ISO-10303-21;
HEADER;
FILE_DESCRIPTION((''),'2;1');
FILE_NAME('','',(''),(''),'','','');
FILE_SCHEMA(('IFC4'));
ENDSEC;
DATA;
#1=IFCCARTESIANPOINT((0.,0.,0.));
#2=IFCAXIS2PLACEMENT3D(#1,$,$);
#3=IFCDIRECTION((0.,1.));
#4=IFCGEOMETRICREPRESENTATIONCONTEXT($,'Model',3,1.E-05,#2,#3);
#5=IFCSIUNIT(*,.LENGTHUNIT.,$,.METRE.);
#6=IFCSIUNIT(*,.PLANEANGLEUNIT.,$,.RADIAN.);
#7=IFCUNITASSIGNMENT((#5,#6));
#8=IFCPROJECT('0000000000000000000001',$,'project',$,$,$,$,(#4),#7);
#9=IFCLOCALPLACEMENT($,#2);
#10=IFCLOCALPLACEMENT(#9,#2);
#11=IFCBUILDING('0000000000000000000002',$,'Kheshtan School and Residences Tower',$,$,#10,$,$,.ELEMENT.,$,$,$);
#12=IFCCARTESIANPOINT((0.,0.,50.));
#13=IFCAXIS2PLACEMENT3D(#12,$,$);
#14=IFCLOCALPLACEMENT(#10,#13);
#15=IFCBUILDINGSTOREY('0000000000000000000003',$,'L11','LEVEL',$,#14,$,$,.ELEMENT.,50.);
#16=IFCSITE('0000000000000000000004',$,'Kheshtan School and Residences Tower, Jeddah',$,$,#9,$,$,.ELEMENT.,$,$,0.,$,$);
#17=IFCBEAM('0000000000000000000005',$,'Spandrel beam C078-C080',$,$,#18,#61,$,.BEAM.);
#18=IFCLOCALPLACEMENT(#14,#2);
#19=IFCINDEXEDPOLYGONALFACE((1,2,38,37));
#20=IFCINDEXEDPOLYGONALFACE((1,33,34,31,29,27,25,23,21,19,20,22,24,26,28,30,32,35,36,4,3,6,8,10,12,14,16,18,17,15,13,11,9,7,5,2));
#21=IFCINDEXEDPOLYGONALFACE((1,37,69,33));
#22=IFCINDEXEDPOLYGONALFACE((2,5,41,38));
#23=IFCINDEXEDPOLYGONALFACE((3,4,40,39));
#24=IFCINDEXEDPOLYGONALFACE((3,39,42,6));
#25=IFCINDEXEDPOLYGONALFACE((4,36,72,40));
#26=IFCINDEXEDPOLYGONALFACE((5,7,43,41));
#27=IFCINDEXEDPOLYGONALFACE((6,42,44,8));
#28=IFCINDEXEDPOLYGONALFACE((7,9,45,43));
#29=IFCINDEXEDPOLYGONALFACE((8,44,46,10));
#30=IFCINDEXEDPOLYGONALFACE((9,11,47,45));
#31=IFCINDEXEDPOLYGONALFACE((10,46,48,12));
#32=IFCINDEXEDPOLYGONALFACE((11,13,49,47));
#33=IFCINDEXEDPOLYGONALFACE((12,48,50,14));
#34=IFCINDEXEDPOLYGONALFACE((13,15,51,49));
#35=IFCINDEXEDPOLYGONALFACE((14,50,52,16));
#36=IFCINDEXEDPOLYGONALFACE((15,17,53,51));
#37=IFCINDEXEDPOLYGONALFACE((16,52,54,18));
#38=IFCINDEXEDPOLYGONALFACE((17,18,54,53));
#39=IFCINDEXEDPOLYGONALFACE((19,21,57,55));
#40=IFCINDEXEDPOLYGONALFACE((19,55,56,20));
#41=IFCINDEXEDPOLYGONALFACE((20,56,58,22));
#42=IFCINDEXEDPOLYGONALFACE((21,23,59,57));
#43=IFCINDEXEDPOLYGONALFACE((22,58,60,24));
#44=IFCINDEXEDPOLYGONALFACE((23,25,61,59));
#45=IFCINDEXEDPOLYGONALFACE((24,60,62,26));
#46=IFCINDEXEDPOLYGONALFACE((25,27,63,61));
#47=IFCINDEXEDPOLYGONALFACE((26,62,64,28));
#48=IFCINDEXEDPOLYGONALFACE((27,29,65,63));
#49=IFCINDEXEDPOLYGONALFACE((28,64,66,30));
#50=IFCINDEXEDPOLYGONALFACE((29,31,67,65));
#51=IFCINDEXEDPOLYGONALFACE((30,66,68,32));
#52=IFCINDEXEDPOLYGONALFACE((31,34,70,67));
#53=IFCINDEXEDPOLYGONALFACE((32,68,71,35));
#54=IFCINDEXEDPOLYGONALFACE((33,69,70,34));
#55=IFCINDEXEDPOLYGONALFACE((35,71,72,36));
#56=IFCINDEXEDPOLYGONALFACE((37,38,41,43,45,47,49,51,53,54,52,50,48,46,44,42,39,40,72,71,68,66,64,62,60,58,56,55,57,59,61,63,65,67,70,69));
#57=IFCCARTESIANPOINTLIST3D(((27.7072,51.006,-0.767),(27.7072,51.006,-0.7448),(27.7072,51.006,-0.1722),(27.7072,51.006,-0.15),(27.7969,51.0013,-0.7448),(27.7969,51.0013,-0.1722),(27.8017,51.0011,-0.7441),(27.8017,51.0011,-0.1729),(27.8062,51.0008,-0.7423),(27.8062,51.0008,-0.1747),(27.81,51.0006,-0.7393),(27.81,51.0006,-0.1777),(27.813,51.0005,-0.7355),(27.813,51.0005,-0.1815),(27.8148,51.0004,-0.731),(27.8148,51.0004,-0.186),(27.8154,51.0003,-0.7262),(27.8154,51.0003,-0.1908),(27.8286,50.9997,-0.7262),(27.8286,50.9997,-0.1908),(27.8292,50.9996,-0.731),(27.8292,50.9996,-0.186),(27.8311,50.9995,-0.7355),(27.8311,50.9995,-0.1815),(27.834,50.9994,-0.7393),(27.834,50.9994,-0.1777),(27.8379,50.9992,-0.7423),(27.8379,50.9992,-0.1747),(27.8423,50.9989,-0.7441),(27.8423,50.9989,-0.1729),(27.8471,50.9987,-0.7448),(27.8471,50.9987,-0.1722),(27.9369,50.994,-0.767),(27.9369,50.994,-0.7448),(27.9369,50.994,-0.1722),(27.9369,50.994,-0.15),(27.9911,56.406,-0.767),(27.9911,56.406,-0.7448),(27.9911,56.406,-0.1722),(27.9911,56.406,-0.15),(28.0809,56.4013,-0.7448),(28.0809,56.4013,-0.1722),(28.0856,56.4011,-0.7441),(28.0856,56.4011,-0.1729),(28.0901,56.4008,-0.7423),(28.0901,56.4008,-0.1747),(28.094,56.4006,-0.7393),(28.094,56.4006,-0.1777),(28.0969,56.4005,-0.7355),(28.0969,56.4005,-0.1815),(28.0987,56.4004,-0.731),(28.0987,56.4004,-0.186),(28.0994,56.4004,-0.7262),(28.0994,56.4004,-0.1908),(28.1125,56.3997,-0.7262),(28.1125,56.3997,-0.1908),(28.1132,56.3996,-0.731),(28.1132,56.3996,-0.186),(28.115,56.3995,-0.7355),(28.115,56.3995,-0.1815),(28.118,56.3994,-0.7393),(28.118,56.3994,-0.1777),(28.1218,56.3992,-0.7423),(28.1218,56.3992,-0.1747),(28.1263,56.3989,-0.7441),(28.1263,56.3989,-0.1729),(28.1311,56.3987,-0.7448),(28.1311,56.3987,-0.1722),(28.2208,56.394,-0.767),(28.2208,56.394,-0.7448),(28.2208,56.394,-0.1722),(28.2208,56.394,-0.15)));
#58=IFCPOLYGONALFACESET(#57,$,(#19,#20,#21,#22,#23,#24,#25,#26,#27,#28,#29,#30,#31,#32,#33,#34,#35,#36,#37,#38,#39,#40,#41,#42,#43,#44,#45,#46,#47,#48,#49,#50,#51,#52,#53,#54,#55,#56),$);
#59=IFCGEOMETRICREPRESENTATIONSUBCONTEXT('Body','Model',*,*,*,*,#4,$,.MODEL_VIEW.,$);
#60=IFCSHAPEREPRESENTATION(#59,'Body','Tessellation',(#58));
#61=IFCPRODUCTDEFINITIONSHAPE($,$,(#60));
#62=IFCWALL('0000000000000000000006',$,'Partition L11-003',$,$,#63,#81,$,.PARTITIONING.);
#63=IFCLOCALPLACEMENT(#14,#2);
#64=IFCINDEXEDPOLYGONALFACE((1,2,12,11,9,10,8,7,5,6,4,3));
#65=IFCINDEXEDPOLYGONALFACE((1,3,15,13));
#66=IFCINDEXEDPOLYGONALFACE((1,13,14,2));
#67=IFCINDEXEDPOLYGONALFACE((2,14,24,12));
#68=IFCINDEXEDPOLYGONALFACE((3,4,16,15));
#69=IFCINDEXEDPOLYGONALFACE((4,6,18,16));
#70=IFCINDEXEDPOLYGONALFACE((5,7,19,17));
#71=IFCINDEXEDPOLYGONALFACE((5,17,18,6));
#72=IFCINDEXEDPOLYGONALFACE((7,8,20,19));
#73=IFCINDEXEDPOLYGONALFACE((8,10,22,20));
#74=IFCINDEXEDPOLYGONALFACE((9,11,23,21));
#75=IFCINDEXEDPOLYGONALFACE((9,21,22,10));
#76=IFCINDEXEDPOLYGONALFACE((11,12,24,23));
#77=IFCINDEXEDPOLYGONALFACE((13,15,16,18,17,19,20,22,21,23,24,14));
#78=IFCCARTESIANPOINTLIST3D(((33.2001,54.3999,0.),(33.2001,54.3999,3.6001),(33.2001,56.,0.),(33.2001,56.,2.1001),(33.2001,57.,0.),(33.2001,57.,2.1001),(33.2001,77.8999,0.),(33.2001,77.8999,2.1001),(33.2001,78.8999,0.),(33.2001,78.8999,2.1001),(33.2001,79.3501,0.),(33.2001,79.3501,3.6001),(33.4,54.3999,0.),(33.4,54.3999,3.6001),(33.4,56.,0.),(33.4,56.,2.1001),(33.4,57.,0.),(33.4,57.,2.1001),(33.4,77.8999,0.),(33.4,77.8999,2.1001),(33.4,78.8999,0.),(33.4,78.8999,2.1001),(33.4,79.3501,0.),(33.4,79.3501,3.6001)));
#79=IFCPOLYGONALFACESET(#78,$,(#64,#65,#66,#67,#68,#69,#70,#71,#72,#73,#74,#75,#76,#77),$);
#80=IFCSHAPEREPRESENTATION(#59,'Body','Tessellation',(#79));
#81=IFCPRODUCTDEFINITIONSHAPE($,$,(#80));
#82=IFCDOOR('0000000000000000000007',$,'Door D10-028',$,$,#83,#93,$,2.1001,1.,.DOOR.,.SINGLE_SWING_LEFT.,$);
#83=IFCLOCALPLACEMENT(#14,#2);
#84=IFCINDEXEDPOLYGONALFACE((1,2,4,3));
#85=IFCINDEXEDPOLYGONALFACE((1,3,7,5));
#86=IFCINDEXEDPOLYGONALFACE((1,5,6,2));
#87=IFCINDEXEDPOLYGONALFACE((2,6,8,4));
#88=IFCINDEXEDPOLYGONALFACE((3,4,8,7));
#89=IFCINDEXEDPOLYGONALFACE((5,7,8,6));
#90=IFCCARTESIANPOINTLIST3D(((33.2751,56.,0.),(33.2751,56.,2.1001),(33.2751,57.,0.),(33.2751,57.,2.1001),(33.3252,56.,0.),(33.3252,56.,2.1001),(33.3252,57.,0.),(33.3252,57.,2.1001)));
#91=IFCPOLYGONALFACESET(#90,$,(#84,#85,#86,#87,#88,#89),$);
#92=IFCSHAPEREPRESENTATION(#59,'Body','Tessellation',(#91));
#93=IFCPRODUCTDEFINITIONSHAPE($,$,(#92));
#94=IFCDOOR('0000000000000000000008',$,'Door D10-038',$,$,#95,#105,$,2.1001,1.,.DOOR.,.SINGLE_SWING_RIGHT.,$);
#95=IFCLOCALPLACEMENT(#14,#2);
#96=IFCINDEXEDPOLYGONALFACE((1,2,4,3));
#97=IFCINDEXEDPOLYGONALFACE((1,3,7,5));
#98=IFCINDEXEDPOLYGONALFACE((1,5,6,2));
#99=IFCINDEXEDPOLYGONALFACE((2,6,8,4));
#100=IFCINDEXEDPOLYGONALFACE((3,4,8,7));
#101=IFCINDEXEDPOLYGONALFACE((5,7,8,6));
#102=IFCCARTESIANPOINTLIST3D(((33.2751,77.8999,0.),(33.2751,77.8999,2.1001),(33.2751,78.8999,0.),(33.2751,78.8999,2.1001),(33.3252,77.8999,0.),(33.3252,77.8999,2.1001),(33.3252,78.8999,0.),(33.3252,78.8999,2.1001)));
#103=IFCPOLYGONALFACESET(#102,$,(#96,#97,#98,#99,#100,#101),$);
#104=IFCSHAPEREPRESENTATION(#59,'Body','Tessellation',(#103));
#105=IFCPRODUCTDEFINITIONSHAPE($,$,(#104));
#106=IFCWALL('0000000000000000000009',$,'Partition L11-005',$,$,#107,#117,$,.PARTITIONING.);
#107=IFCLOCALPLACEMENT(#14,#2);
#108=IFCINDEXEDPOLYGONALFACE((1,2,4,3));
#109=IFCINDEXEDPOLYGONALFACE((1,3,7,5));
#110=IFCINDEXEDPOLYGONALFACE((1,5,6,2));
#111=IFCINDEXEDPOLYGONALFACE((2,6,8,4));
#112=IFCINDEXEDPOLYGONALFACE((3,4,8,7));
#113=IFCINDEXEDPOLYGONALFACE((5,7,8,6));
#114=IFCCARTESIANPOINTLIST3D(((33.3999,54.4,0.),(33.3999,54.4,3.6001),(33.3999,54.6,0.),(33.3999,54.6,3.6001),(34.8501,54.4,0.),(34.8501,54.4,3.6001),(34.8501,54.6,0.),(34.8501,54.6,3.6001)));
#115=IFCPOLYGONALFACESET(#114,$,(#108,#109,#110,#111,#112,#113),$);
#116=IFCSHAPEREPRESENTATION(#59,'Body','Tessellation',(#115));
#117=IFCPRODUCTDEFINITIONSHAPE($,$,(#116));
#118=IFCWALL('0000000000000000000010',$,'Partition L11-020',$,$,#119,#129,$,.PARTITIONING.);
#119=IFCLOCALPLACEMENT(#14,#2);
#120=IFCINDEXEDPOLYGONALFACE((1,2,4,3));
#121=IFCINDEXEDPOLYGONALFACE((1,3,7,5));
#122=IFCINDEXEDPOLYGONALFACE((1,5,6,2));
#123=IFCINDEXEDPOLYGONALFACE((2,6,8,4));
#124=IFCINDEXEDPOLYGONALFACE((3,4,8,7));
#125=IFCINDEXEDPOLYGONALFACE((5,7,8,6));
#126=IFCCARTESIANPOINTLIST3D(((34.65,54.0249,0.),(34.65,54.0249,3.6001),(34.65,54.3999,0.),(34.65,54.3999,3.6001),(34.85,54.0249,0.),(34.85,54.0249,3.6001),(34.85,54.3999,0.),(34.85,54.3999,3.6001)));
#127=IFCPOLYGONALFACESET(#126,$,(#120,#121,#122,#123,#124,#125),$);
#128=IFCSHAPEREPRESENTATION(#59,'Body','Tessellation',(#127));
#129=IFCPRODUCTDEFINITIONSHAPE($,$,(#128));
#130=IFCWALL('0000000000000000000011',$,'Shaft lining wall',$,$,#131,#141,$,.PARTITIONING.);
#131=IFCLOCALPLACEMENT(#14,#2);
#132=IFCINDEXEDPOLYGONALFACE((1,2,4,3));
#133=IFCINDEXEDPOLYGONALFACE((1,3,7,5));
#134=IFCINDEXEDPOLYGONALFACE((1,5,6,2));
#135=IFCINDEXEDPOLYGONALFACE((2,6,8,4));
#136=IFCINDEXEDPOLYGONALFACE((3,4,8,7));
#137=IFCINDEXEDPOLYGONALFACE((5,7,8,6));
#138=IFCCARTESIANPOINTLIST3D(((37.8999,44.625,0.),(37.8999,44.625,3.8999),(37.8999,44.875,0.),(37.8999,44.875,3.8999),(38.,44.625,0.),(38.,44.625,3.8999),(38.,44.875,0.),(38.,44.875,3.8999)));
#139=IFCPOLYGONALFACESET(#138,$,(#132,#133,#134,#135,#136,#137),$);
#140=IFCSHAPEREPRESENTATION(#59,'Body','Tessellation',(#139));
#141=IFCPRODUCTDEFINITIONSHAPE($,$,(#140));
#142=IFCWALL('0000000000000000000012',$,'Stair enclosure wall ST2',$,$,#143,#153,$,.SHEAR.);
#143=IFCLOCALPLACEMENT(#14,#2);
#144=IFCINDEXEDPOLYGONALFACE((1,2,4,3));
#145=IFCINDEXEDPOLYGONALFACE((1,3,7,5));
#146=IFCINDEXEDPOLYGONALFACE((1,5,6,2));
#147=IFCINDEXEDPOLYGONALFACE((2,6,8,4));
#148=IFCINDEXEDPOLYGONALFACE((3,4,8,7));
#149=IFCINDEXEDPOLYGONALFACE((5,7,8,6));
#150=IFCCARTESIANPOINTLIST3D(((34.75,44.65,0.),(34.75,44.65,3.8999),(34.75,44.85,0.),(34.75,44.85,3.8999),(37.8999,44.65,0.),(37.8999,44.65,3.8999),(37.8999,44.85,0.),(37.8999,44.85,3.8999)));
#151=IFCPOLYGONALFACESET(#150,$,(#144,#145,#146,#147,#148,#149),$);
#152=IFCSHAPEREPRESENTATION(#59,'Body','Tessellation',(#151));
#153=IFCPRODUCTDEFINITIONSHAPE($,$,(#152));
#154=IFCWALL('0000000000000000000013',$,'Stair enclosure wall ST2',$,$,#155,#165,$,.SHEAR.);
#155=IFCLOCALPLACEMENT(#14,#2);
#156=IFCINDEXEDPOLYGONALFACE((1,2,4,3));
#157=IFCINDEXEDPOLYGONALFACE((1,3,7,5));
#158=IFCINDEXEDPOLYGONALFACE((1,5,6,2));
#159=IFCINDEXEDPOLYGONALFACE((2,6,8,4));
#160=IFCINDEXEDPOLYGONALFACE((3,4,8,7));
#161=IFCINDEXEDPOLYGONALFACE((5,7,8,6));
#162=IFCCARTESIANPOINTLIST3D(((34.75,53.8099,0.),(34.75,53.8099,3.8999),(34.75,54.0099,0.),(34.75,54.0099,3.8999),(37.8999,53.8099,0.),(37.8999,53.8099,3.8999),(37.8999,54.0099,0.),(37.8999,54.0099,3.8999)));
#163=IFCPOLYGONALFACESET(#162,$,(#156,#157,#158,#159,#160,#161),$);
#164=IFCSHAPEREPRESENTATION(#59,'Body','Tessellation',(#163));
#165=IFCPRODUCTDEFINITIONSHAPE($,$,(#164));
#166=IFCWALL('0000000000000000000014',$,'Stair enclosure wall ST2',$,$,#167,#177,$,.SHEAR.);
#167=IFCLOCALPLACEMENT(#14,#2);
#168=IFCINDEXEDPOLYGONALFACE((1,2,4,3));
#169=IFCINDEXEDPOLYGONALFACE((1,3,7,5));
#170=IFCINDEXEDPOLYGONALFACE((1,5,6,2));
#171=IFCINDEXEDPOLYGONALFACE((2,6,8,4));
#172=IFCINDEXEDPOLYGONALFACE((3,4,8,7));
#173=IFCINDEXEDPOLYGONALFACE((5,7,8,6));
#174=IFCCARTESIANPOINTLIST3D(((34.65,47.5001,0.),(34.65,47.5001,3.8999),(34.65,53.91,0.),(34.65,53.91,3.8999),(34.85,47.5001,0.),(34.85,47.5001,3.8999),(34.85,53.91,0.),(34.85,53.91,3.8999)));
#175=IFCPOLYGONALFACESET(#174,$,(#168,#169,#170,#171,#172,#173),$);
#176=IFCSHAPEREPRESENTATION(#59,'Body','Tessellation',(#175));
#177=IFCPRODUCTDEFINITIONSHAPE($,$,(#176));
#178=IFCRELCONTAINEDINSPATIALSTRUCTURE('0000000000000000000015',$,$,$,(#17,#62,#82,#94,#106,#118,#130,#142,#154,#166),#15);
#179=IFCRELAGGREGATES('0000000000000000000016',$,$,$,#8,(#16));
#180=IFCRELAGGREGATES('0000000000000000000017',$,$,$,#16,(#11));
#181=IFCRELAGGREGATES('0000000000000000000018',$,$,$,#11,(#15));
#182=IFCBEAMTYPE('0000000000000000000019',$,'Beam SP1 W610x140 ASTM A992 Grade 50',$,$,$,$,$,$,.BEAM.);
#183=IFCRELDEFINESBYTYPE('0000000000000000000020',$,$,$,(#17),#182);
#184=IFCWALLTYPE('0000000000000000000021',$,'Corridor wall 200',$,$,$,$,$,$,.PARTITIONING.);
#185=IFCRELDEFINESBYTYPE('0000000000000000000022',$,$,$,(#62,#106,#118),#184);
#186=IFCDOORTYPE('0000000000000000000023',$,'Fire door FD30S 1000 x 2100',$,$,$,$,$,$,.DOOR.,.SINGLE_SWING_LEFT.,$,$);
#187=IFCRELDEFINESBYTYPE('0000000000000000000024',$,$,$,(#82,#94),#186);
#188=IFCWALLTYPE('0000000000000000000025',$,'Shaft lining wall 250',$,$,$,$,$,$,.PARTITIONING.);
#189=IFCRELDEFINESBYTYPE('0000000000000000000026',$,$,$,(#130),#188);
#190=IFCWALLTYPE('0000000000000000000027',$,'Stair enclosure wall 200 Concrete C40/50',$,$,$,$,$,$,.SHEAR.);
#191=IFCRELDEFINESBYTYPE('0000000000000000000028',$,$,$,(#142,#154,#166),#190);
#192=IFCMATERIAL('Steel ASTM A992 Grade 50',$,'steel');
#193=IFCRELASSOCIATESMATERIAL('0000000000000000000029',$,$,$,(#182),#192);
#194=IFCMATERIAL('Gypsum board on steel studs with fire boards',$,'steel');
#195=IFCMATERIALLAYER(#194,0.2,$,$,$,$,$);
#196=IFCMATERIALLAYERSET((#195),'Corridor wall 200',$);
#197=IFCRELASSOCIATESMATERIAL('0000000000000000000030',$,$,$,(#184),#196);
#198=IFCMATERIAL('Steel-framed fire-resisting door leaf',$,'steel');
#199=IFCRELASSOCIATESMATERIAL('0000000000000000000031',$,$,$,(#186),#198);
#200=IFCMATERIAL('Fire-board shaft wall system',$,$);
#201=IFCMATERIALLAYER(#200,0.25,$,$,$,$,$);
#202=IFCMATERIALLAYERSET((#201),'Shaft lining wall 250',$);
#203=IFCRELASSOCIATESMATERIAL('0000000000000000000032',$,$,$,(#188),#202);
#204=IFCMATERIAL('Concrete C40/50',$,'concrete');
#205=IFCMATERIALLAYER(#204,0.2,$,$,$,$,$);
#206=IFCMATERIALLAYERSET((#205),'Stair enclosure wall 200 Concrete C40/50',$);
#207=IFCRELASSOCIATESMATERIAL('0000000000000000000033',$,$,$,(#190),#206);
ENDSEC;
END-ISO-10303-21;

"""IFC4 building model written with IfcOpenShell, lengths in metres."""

from ifc_helpers import new_model, si_unit, direction, frame, frame_2d, origin, origin_2d, place, context, subcontext, project, spatial, rectangle, i_section, extrude, source, transform, mapped, material, layer, layer_set, material_profile, profile_set, type_object, element, fill, save


model = new_model("IFC4")

# Units and contexts
model_context = context("Model", 3, precision=1e-05, world=origin(), true_north=direction((0.0, 1.0)))
body_context = subcontext(model_context, "Body", "Model", "MODEL_VIEW")
ifc_project = project(units=[si_unit("LENGTHUNIT", "METRE"), si_unit("PLANEANGLEUNIT", "RADIAN")], contexts=[model_context])

# Site, building, storey
site_placement = place(None, origin())
site = spatial("IfcSite", under=ifc_project, at=site_placement, Name="Kheshtan School and Residences Tower, Jeddah", CompositionType="ELEMENT", RefElevation=0.0)
building_placement = place(site_placement, origin())
building = spatial("IfcBuilding", under=site, at=building_placement, Name="Kheshtan School and Residences Tower", CompositionType="ELEMENT")
storey_placement = place(building_placement, frame((0.0, 0.0, 50.0)))
storey = spatial("IfcBuildingStorey", under=building, at=storey_placement, Name="L11", Description="LEVEL", CompositionType="ELEMENT", Elevation=50.0)

# Shared definitions
ifc_material_1 = material(Name="Steel ASTM A992 Grade 50", Category="steel")

# Beam
ifc_material_profile_1 = material_profile(ifc_material_1, i_section(OverallWidth=0.23, OverallDepth=0.6169, WebThickness=0.0132, FlangeThickness=0.0222, FilletRadius=0.0186, at=origin_2d()), Name="W610x140")
ifc_profile_set_1 = profile_set([ifc_material_profile_1], Name="Steel ASTM A992 Grade 50")
beam_type_1 = type_object("IfcBeamType", Name="Beam SP1 W610x140 ASTM A992 Grade 50", PredefinedType="BEAM", material=ifc_profile_set_1)
for number, where, z_axis, x_axis, name in (
    (1, (27.822, 51.0, -0.4585), (0.052509, 0.99862, 0.0), (-0.99862, 0.052509, 0.0), "Spandrel beam C078-C080"),
):
    element("IfcBeam", number, at=place(storey_placement, frame(where, z_axis=z_axis, x_axis=x_axis)), inside=storey, type_object=beam_type_1, Name=name, PredefinedType="BEAM", context=body_context, shape_type="SweptSolid", body=[
        extrude(i_section(OverallWidth=0.23, OverallDepth=0.6169, WebThickness=0.0132, FlangeThickness=0.0222, FilletRadius=0.0186, at=origin_2d()), origin(), (0.0, 0.0, 1.0), 5.4075),
    ])

# Wall, openings, doors
ifc_material_2 = material(Name="Gypsum board on steel studs with fire boards", Category="steel")
ifc_layer_1 = layer(ifc_material_2, 0.2)
ifc_layer_set_1 = layer_set([ifc_layer_1], Name="Corridor wall 200")
wall_type_1 = type_object("IfcWallType", Name="Corridor wall 200", PredefinedType="PARTITIONING", material=ifc_layer_set_1)
wall_1_placement = place(storey_placement, frame((33.3, 54.3999, 0.0), z_axis=(0.0, 0.0, 1.0), x_axis=(0.0, 1.0, 0.0)))
wall_1 = element("IfcWall", 2, at=wall_1_placement, inside=storey, type_object=wall_type_1, Name="Partition L11-003", PredefinedType="PARTITIONING", context=body_context, shape_type="SweptSolid", body=[
    extrude(rectangle(XDim=24.9502, YDim=0.2, at=frame_2d((12.4751, 0.0))), origin(), (0.0, 0.0, 1.0), 3.6001),
])
opening_1_placement = place(wall_1_placement, frame((1.6001, 0.0, 0.0)))
opening_1 = element("IfcOpeningElement", 3, at=opening_1_placement, cuts=wall_1, PredefinedType="OPENING", context=body_context, shape_type="SweptSolid", body=[
    extrude(rectangle(XDim=1.0, YDim=2.1001, at=frame_2d((0.5, 1.05))), frame((0.0, 0.1099, 0.0), z_axis=(0.0, -1.0, 0.0), x_axis=(1.0, 0.0, 0.0)), (0.0, 0.0, 1.0), 0.22),
])
opening_2_placement = place(wall_1_placement, frame((23.5, 0.0, 0.0)))
opening_2 = element("IfcOpeningElement", 4, at=opening_2_placement, cuts=wall_1, PredefinedType="OPENING", context=body_context, shape_type="SweptSolid", body=[
    extrude(rectangle(XDim=1.0, YDim=2.1001, at=frame_2d((0.5, 1.05))), frame((0.0, 0.1099, 0.0), z_axis=(0.0, -1.0, 0.0), x_axis=(1.0, 0.0, 0.0)), (0.0, 0.0, 1.0), 0.22),
])
ifc_material_3 = material(Name="Steel-framed fire-resisting door leaf", Category="steel")
door_type_1 = type_object("IfcDoorType", Name="Fire door FD30S 1000 x 2100", OperationType="SINGLE_SWING_LEFT", PredefinedType="DOOR", material=ifc_material_3)
shared_shape_1 = source(origin(), body_context, "Body", "SweptSolid", [
    extrude(rectangle(XDim=1.0, YDim=2.1001, at=frame_2d((0.5, 1.05))), frame((0.0, 0.0249, 0.0), z_axis=(0.0, -1.0, 0.0), x_axis=(1.0, 0.0, 0.0)), (0.0, 0.0, 1.0), 0.05),
])
door_1_placement = place(opening_1_placement, origin())
door_1 = element("IfcDoor", 5, at=door_1_placement, inside=storey, type_object=door_type_1, Name="Door D10-028", OperationType="SINGLE_SWING_LEFT", OverallHeight=2.1001, OverallWidth=1.0, PredefinedType="DOOR", context=body_context, shape_type="MappedRepresentation", body=[
    mapped(shared_shape_1, transform((0.0, 0.0, 0.0), x_axis=(1.0, 0.0, 0.0), y_axis=(0.0, 1.0, 0.0), z_axis=(0.0, 0.0, 1.0), scale=1.0)),
])
fill(opening_1, door_1)
door_2_placement = place(opening_2_placement, origin())
door_2 = element("IfcDoor", 6, at=door_2_placement, inside=storey, type_object=door_type_1, Name="Door D10-038", OperationType="SINGLE_SWING_RIGHT", OverallHeight=2.1001, OverallWidth=1.0, PredefinedType="DOOR", context=body_context, shape_type="MappedRepresentation", body=[
    mapped(shared_shape_1, transform((0.0, 0.0, 0.0), x_axis=(1.0, 0.0, 0.0), y_axis=(0.0, 1.0, 0.0), z_axis=(0.0, 0.0, 1.0), scale=1.0)),
])
fill(opening_2, door_2)

# Walls
wall_2_placement = place(storey_placement, frame((33.3999, 54.5, 0.0), z_axis=(0.0, 0.0, 1.0), x_axis=(1.0, 0.0, 0.0)))
element("IfcWall", 7, at=wall_2_placement, inside=storey, type_object=wall_type_1, Name="Partition L11-005", PredefinedType="PARTITIONING", context=body_context, shape_type="SweptSolid", body=[
    extrude(rectangle(XDim=1.4502, YDim=0.2, at=frame_2d((0.7251, 0.0))), origin(), (0.0, 0.0, 1.0), 3.6001),
])
wall_3_placement = place(storey_placement, frame((34.75, 54.0249, 0.0), z_axis=(0.0, 0.0, 1.0), x_axis=(0.0, 1.0, 0.0)))
element("IfcWall", 8, at=wall_3_placement, inside=storey, type_object=wall_type_1, Name="Partition L11-020", PredefinedType="PARTITIONING", context=body_context, shape_type="SweptSolid", body=[
    extrude(rectangle(XDim=0.375, YDim=0.2, at=frame_2d((0.1875, 0.0))), origin(), (0.0, 0.0, 1.0), 3.6001),
])
ifc_material_4 = material(Name="Fire-board shaft wall system")
ifc_layer_2 = layer(ifc_material_4, 0.25)
ifc_layer_set_2 = layer_set([ifc_layer_2], Name="Shaft lining wall 250")
wall_type_2 = type_object("IfcWallType", Name="Shaft lining wall 250", PredefinedType="PARTITIONING", material=ifc_layer_set_2)
wall_4_placement = place(storey_placement, frame((37.8999, 44.75, 0.0), z_axis=(0.0, 0.0, 1.0), x_axis=(1.0, 0.0, 0.0)))
element("IfcWall", 9, at=wall_4_placement, inside=storey, type_object=wall_type_2, Name="Shaft lining wall", PredefinedType="PARTITIONING", context=body_context, shape_type="SweptSolid", body=[
    extrude(rectangle(XDim=0.1001, YDim=0.25, at=frame_2d((0.05, 0.0))), origin(), (0.0, 0.0, 1.0), 3.8999),
])
ifc_material_5 = material(Name="Concrete C40/50", Category="concrete")
ifc_layer_3 = layer(ifc_material_5, 0.2)
ifc_layer_set_3 = layer_set([ifc_layer_3], Name="Stair enclosure wall 200 Concrete C40/50")
wall_type_3 = type_object("IfcWallType", Name="Stair enclosure wall 200 Concrete C40/50", PredefinedType="SHEAR", material=ifc_layer_set_3)
for number, where, z_axis, x_axis, name in (
    (10, (34.75, 44.75, 0.0), (0.0, 0.0, 1.0), (1.0, 0.0, 0.0), "Stair enclosure wall ST2"),
    (11, (34.75, 53.9099, 0.0), (0.0, 0.0, 1.0), (1.0, 0.0, 0.0), "Stair enclosure wall ST2"),
):
    element("IfcWall", number, at=place(storey_placement, frame(where, z_axis=z_axis, x_axis=x_axis)), inside=storey, type_object=wall_type_3, Name=name, PredefinedType="SHEAR", context=body_context, shape_type="SweptSolid", body=[
        extrude(rectangle(XDim=3.1499, YDim=0.2, at=frame_2d((1.575, 0.0))), origin(), (0.0, 0.0, 1.0), 3.8999),
    ])
wall_5_placement = place(storey_placement, frame((34.75, 47.5, 0.0), z_axis=(0.0, 0.0, 1.0), x_axis=(0.0, 1.0, 0.0)))
element("IfcWall", 12, at=wall_5_placement, inside=storey, type_object=wall_type_3, Name="Stair enclosure wall ST2", PredefinedType="SHEAR", context=body_context, shape_type="SweptSolid", body=[
    extrude(rectangle(XDim=6.4099, YDim=0.2, at=frame_2d((3.2051, 0.0))), origin(), (0.0, 0.0, 1.0), 3.8999),
])

save(model, "model.ifc")
